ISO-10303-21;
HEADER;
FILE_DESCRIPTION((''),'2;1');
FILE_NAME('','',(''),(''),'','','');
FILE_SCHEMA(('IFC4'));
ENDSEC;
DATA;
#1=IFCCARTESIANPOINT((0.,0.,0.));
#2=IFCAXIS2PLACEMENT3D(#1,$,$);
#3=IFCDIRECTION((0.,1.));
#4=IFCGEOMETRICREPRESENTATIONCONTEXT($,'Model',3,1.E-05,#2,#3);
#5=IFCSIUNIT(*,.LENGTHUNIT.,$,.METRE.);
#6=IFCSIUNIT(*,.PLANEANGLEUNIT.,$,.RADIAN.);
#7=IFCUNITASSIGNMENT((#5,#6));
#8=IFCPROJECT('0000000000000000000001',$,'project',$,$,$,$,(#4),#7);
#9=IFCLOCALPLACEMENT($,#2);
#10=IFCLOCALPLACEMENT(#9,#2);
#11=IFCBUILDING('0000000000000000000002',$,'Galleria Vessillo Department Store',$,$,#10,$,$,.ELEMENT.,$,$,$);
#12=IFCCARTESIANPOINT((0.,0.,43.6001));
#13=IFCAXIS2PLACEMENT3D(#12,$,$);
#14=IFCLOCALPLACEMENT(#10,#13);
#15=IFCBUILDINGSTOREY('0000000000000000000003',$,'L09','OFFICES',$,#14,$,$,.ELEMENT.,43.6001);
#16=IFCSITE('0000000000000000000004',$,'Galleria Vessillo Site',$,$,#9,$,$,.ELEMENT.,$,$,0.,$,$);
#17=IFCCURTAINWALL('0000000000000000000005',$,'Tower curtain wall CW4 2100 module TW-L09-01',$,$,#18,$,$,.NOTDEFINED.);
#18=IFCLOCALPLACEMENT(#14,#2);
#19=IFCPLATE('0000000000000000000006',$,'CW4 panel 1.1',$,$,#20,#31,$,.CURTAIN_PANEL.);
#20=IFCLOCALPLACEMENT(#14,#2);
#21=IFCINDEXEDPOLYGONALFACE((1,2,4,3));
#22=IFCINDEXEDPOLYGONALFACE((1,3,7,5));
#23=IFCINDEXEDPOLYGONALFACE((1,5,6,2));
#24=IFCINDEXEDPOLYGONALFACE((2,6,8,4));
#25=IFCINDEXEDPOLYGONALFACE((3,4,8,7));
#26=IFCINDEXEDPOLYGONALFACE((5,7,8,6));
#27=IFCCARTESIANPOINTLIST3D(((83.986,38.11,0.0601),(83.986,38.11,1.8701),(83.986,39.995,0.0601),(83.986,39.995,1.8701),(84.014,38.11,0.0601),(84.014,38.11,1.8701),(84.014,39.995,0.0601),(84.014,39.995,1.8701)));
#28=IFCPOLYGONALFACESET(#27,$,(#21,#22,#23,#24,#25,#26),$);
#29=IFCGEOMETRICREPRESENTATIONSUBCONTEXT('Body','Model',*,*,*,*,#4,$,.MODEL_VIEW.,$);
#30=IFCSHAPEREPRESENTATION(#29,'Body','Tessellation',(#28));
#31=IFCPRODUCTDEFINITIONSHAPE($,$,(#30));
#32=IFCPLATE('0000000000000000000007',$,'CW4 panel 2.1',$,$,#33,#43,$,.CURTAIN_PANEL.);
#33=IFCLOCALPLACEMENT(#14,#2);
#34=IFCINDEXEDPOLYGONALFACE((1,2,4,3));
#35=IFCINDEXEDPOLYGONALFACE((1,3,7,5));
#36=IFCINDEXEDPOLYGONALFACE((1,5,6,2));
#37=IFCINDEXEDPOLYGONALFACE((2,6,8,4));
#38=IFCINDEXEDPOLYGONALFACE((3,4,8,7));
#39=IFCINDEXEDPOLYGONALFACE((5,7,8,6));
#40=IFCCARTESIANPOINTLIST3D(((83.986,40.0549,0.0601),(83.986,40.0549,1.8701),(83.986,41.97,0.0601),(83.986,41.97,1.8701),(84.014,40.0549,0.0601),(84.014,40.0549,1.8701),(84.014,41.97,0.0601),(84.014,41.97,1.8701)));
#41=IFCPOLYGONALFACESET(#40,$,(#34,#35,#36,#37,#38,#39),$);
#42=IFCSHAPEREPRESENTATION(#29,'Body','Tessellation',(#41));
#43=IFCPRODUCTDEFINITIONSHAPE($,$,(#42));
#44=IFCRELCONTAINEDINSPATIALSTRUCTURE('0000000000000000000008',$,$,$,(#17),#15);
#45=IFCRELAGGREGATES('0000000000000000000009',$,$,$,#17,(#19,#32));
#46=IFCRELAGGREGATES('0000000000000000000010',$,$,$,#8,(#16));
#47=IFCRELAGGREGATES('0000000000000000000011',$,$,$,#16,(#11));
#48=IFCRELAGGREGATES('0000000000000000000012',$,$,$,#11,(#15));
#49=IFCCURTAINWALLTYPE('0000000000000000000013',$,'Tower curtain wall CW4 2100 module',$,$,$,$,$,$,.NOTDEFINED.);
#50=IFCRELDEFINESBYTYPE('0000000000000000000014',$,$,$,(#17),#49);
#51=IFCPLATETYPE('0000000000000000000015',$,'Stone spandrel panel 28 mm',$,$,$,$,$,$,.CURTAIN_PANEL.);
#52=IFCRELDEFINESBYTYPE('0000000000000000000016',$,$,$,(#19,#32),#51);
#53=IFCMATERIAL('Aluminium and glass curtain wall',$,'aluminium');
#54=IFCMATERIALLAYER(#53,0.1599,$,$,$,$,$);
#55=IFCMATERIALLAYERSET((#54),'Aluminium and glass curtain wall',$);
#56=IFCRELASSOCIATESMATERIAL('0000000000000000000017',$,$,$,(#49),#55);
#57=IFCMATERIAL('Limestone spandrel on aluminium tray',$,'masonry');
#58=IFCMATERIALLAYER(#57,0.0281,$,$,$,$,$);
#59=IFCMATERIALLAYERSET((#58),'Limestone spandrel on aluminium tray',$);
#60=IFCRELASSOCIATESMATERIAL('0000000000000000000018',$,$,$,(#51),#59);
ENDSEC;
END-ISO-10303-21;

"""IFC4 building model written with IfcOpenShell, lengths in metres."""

from ifc_helpers import new_model, si_unit, direction, frame, origin, origin_2d, place, context, subcontext, project, spatial, rectangle, extrude, material, layer, layer_set, type_object, element, aggregate, save


model = new_model("IFC4")

# Units and contexts
model_context = context("Model", 3, precision=1e-05, world=origin(), true_north=direction((0.0, 1.0)))
body_context = subcontext(model_context, "Body", "Model", "MODEL_VIEW")
ifc_project = project(units=[si_unit("LENGTHUNIT", "METRE"), si_unit("PLANEANGLEUNIT", "RADIAN")], contexts=[model_context])

# Site, building, storey
site_placement = place(None, origin())
site = spatial("IfcSite", under=ifc_project, at=site_placement, Name="Galleria Vessillo Site", CompositionType="ELEMENT", RefElevation=0.0)
building_placement = place(site_placement, origin())
building = spatial("IfcBuilding", under=site, at=building_placement, Name="Galleria Vessillo Department Store", CompositionType="ELEMENT")
storey_placement = place(building_placement, frame((0.0, 0.0, 43.6001)))
storey = spatial("IfcBuildingStorey", under=building, at=storey_placement, Name="L09", Description="OFFICES", CompositionType="ELEMENT", Elevation=43.6001)

# Curtain wall
ifc_material_1 = material(Name="Aluminium and glass curtain wall", Category="aluminium")
ifc_layer_1 = layer(ifc_material_1, 0.1599)
ifc_layer_set_1 = layer_set([ifc_layer_1], Name="Aluminium and glass curtain wall")
curtain_wall_type = type_object("IfcCurtainWallType", Name="Tower curtain wall CW4 2100 module", PredefinedType="NOTDEFINED", material=ifc_layer_set_1)
curtain_wall_placement = place(storey_placement, origin())
curtain_wall = element("IfcCurtainWall", 1, at=curtain_wall_placement, inside=storey, type_object=curtain_wall_type, Name="Tower curtain wall CW4 2100 module TW-L09-01", PredefinedType="NOTDEFINED")

# Plates
ifc_material_2 = material(Name="Limestone spandrel on aluminium tray", Category="masonry")
ifc_layer_2 = layer(ifc_material_2, 0.0281)
ifc_layer_set_2 = layer_set([ifc_layer_2], Name="Limestone spandrel on aluminium tray")
plate_type_1 = type_object("IfcPlateType", Name="Stone spandrel panel 28 mm", PredefinedType="CURTAIN_PANEL", material=ifc_layer_set_2)
plate_1_placement = place(storey_placement, frame((84.0, 39.0525, 0.0601), z_axis=(0.0, 0.0, 1.0), x_axis=(0.0, 1.0, 0.0)))
plate_1 = element("IfcPlate", 2, at=plate_1_placement, type_object=plate_type_1, Name="CW4 panel 1.1", PredefinedType="CURTAIN_PANEL", context=body_context, shape_type="SweptSolid", body=[
    extrude(rectangle(XDim=1.885, YDim=0.0281, at=origin_2d()), origin(), (0.0, 0.0, 1.0), 1.8101),
])
plate_2_placement = place(storey_placement, frame((84.0, 41.0125, 0.0601), z_axis=(0.0, 0.0, 1.0), x_axis=(0.0, 1.0, 0.0)))
plate_2 = element("IfcPlate", 3, at=plate_2_placement, type_object=plate_type_1, Name="CW4 panel 2.1", PredefinedType="CURTAIN_PANEL", context=body_context, shape_type="SweptSolid", body=[
    extrude(rectangle(XDim=1.915, YDim=0.0281, at=origin_2d()), origin(), (0.0, 0.0, 1.0), 1.8101),
])
aggregate(curtain_wall, [plate_1, plate_2])

save(model, "model.ifc")
